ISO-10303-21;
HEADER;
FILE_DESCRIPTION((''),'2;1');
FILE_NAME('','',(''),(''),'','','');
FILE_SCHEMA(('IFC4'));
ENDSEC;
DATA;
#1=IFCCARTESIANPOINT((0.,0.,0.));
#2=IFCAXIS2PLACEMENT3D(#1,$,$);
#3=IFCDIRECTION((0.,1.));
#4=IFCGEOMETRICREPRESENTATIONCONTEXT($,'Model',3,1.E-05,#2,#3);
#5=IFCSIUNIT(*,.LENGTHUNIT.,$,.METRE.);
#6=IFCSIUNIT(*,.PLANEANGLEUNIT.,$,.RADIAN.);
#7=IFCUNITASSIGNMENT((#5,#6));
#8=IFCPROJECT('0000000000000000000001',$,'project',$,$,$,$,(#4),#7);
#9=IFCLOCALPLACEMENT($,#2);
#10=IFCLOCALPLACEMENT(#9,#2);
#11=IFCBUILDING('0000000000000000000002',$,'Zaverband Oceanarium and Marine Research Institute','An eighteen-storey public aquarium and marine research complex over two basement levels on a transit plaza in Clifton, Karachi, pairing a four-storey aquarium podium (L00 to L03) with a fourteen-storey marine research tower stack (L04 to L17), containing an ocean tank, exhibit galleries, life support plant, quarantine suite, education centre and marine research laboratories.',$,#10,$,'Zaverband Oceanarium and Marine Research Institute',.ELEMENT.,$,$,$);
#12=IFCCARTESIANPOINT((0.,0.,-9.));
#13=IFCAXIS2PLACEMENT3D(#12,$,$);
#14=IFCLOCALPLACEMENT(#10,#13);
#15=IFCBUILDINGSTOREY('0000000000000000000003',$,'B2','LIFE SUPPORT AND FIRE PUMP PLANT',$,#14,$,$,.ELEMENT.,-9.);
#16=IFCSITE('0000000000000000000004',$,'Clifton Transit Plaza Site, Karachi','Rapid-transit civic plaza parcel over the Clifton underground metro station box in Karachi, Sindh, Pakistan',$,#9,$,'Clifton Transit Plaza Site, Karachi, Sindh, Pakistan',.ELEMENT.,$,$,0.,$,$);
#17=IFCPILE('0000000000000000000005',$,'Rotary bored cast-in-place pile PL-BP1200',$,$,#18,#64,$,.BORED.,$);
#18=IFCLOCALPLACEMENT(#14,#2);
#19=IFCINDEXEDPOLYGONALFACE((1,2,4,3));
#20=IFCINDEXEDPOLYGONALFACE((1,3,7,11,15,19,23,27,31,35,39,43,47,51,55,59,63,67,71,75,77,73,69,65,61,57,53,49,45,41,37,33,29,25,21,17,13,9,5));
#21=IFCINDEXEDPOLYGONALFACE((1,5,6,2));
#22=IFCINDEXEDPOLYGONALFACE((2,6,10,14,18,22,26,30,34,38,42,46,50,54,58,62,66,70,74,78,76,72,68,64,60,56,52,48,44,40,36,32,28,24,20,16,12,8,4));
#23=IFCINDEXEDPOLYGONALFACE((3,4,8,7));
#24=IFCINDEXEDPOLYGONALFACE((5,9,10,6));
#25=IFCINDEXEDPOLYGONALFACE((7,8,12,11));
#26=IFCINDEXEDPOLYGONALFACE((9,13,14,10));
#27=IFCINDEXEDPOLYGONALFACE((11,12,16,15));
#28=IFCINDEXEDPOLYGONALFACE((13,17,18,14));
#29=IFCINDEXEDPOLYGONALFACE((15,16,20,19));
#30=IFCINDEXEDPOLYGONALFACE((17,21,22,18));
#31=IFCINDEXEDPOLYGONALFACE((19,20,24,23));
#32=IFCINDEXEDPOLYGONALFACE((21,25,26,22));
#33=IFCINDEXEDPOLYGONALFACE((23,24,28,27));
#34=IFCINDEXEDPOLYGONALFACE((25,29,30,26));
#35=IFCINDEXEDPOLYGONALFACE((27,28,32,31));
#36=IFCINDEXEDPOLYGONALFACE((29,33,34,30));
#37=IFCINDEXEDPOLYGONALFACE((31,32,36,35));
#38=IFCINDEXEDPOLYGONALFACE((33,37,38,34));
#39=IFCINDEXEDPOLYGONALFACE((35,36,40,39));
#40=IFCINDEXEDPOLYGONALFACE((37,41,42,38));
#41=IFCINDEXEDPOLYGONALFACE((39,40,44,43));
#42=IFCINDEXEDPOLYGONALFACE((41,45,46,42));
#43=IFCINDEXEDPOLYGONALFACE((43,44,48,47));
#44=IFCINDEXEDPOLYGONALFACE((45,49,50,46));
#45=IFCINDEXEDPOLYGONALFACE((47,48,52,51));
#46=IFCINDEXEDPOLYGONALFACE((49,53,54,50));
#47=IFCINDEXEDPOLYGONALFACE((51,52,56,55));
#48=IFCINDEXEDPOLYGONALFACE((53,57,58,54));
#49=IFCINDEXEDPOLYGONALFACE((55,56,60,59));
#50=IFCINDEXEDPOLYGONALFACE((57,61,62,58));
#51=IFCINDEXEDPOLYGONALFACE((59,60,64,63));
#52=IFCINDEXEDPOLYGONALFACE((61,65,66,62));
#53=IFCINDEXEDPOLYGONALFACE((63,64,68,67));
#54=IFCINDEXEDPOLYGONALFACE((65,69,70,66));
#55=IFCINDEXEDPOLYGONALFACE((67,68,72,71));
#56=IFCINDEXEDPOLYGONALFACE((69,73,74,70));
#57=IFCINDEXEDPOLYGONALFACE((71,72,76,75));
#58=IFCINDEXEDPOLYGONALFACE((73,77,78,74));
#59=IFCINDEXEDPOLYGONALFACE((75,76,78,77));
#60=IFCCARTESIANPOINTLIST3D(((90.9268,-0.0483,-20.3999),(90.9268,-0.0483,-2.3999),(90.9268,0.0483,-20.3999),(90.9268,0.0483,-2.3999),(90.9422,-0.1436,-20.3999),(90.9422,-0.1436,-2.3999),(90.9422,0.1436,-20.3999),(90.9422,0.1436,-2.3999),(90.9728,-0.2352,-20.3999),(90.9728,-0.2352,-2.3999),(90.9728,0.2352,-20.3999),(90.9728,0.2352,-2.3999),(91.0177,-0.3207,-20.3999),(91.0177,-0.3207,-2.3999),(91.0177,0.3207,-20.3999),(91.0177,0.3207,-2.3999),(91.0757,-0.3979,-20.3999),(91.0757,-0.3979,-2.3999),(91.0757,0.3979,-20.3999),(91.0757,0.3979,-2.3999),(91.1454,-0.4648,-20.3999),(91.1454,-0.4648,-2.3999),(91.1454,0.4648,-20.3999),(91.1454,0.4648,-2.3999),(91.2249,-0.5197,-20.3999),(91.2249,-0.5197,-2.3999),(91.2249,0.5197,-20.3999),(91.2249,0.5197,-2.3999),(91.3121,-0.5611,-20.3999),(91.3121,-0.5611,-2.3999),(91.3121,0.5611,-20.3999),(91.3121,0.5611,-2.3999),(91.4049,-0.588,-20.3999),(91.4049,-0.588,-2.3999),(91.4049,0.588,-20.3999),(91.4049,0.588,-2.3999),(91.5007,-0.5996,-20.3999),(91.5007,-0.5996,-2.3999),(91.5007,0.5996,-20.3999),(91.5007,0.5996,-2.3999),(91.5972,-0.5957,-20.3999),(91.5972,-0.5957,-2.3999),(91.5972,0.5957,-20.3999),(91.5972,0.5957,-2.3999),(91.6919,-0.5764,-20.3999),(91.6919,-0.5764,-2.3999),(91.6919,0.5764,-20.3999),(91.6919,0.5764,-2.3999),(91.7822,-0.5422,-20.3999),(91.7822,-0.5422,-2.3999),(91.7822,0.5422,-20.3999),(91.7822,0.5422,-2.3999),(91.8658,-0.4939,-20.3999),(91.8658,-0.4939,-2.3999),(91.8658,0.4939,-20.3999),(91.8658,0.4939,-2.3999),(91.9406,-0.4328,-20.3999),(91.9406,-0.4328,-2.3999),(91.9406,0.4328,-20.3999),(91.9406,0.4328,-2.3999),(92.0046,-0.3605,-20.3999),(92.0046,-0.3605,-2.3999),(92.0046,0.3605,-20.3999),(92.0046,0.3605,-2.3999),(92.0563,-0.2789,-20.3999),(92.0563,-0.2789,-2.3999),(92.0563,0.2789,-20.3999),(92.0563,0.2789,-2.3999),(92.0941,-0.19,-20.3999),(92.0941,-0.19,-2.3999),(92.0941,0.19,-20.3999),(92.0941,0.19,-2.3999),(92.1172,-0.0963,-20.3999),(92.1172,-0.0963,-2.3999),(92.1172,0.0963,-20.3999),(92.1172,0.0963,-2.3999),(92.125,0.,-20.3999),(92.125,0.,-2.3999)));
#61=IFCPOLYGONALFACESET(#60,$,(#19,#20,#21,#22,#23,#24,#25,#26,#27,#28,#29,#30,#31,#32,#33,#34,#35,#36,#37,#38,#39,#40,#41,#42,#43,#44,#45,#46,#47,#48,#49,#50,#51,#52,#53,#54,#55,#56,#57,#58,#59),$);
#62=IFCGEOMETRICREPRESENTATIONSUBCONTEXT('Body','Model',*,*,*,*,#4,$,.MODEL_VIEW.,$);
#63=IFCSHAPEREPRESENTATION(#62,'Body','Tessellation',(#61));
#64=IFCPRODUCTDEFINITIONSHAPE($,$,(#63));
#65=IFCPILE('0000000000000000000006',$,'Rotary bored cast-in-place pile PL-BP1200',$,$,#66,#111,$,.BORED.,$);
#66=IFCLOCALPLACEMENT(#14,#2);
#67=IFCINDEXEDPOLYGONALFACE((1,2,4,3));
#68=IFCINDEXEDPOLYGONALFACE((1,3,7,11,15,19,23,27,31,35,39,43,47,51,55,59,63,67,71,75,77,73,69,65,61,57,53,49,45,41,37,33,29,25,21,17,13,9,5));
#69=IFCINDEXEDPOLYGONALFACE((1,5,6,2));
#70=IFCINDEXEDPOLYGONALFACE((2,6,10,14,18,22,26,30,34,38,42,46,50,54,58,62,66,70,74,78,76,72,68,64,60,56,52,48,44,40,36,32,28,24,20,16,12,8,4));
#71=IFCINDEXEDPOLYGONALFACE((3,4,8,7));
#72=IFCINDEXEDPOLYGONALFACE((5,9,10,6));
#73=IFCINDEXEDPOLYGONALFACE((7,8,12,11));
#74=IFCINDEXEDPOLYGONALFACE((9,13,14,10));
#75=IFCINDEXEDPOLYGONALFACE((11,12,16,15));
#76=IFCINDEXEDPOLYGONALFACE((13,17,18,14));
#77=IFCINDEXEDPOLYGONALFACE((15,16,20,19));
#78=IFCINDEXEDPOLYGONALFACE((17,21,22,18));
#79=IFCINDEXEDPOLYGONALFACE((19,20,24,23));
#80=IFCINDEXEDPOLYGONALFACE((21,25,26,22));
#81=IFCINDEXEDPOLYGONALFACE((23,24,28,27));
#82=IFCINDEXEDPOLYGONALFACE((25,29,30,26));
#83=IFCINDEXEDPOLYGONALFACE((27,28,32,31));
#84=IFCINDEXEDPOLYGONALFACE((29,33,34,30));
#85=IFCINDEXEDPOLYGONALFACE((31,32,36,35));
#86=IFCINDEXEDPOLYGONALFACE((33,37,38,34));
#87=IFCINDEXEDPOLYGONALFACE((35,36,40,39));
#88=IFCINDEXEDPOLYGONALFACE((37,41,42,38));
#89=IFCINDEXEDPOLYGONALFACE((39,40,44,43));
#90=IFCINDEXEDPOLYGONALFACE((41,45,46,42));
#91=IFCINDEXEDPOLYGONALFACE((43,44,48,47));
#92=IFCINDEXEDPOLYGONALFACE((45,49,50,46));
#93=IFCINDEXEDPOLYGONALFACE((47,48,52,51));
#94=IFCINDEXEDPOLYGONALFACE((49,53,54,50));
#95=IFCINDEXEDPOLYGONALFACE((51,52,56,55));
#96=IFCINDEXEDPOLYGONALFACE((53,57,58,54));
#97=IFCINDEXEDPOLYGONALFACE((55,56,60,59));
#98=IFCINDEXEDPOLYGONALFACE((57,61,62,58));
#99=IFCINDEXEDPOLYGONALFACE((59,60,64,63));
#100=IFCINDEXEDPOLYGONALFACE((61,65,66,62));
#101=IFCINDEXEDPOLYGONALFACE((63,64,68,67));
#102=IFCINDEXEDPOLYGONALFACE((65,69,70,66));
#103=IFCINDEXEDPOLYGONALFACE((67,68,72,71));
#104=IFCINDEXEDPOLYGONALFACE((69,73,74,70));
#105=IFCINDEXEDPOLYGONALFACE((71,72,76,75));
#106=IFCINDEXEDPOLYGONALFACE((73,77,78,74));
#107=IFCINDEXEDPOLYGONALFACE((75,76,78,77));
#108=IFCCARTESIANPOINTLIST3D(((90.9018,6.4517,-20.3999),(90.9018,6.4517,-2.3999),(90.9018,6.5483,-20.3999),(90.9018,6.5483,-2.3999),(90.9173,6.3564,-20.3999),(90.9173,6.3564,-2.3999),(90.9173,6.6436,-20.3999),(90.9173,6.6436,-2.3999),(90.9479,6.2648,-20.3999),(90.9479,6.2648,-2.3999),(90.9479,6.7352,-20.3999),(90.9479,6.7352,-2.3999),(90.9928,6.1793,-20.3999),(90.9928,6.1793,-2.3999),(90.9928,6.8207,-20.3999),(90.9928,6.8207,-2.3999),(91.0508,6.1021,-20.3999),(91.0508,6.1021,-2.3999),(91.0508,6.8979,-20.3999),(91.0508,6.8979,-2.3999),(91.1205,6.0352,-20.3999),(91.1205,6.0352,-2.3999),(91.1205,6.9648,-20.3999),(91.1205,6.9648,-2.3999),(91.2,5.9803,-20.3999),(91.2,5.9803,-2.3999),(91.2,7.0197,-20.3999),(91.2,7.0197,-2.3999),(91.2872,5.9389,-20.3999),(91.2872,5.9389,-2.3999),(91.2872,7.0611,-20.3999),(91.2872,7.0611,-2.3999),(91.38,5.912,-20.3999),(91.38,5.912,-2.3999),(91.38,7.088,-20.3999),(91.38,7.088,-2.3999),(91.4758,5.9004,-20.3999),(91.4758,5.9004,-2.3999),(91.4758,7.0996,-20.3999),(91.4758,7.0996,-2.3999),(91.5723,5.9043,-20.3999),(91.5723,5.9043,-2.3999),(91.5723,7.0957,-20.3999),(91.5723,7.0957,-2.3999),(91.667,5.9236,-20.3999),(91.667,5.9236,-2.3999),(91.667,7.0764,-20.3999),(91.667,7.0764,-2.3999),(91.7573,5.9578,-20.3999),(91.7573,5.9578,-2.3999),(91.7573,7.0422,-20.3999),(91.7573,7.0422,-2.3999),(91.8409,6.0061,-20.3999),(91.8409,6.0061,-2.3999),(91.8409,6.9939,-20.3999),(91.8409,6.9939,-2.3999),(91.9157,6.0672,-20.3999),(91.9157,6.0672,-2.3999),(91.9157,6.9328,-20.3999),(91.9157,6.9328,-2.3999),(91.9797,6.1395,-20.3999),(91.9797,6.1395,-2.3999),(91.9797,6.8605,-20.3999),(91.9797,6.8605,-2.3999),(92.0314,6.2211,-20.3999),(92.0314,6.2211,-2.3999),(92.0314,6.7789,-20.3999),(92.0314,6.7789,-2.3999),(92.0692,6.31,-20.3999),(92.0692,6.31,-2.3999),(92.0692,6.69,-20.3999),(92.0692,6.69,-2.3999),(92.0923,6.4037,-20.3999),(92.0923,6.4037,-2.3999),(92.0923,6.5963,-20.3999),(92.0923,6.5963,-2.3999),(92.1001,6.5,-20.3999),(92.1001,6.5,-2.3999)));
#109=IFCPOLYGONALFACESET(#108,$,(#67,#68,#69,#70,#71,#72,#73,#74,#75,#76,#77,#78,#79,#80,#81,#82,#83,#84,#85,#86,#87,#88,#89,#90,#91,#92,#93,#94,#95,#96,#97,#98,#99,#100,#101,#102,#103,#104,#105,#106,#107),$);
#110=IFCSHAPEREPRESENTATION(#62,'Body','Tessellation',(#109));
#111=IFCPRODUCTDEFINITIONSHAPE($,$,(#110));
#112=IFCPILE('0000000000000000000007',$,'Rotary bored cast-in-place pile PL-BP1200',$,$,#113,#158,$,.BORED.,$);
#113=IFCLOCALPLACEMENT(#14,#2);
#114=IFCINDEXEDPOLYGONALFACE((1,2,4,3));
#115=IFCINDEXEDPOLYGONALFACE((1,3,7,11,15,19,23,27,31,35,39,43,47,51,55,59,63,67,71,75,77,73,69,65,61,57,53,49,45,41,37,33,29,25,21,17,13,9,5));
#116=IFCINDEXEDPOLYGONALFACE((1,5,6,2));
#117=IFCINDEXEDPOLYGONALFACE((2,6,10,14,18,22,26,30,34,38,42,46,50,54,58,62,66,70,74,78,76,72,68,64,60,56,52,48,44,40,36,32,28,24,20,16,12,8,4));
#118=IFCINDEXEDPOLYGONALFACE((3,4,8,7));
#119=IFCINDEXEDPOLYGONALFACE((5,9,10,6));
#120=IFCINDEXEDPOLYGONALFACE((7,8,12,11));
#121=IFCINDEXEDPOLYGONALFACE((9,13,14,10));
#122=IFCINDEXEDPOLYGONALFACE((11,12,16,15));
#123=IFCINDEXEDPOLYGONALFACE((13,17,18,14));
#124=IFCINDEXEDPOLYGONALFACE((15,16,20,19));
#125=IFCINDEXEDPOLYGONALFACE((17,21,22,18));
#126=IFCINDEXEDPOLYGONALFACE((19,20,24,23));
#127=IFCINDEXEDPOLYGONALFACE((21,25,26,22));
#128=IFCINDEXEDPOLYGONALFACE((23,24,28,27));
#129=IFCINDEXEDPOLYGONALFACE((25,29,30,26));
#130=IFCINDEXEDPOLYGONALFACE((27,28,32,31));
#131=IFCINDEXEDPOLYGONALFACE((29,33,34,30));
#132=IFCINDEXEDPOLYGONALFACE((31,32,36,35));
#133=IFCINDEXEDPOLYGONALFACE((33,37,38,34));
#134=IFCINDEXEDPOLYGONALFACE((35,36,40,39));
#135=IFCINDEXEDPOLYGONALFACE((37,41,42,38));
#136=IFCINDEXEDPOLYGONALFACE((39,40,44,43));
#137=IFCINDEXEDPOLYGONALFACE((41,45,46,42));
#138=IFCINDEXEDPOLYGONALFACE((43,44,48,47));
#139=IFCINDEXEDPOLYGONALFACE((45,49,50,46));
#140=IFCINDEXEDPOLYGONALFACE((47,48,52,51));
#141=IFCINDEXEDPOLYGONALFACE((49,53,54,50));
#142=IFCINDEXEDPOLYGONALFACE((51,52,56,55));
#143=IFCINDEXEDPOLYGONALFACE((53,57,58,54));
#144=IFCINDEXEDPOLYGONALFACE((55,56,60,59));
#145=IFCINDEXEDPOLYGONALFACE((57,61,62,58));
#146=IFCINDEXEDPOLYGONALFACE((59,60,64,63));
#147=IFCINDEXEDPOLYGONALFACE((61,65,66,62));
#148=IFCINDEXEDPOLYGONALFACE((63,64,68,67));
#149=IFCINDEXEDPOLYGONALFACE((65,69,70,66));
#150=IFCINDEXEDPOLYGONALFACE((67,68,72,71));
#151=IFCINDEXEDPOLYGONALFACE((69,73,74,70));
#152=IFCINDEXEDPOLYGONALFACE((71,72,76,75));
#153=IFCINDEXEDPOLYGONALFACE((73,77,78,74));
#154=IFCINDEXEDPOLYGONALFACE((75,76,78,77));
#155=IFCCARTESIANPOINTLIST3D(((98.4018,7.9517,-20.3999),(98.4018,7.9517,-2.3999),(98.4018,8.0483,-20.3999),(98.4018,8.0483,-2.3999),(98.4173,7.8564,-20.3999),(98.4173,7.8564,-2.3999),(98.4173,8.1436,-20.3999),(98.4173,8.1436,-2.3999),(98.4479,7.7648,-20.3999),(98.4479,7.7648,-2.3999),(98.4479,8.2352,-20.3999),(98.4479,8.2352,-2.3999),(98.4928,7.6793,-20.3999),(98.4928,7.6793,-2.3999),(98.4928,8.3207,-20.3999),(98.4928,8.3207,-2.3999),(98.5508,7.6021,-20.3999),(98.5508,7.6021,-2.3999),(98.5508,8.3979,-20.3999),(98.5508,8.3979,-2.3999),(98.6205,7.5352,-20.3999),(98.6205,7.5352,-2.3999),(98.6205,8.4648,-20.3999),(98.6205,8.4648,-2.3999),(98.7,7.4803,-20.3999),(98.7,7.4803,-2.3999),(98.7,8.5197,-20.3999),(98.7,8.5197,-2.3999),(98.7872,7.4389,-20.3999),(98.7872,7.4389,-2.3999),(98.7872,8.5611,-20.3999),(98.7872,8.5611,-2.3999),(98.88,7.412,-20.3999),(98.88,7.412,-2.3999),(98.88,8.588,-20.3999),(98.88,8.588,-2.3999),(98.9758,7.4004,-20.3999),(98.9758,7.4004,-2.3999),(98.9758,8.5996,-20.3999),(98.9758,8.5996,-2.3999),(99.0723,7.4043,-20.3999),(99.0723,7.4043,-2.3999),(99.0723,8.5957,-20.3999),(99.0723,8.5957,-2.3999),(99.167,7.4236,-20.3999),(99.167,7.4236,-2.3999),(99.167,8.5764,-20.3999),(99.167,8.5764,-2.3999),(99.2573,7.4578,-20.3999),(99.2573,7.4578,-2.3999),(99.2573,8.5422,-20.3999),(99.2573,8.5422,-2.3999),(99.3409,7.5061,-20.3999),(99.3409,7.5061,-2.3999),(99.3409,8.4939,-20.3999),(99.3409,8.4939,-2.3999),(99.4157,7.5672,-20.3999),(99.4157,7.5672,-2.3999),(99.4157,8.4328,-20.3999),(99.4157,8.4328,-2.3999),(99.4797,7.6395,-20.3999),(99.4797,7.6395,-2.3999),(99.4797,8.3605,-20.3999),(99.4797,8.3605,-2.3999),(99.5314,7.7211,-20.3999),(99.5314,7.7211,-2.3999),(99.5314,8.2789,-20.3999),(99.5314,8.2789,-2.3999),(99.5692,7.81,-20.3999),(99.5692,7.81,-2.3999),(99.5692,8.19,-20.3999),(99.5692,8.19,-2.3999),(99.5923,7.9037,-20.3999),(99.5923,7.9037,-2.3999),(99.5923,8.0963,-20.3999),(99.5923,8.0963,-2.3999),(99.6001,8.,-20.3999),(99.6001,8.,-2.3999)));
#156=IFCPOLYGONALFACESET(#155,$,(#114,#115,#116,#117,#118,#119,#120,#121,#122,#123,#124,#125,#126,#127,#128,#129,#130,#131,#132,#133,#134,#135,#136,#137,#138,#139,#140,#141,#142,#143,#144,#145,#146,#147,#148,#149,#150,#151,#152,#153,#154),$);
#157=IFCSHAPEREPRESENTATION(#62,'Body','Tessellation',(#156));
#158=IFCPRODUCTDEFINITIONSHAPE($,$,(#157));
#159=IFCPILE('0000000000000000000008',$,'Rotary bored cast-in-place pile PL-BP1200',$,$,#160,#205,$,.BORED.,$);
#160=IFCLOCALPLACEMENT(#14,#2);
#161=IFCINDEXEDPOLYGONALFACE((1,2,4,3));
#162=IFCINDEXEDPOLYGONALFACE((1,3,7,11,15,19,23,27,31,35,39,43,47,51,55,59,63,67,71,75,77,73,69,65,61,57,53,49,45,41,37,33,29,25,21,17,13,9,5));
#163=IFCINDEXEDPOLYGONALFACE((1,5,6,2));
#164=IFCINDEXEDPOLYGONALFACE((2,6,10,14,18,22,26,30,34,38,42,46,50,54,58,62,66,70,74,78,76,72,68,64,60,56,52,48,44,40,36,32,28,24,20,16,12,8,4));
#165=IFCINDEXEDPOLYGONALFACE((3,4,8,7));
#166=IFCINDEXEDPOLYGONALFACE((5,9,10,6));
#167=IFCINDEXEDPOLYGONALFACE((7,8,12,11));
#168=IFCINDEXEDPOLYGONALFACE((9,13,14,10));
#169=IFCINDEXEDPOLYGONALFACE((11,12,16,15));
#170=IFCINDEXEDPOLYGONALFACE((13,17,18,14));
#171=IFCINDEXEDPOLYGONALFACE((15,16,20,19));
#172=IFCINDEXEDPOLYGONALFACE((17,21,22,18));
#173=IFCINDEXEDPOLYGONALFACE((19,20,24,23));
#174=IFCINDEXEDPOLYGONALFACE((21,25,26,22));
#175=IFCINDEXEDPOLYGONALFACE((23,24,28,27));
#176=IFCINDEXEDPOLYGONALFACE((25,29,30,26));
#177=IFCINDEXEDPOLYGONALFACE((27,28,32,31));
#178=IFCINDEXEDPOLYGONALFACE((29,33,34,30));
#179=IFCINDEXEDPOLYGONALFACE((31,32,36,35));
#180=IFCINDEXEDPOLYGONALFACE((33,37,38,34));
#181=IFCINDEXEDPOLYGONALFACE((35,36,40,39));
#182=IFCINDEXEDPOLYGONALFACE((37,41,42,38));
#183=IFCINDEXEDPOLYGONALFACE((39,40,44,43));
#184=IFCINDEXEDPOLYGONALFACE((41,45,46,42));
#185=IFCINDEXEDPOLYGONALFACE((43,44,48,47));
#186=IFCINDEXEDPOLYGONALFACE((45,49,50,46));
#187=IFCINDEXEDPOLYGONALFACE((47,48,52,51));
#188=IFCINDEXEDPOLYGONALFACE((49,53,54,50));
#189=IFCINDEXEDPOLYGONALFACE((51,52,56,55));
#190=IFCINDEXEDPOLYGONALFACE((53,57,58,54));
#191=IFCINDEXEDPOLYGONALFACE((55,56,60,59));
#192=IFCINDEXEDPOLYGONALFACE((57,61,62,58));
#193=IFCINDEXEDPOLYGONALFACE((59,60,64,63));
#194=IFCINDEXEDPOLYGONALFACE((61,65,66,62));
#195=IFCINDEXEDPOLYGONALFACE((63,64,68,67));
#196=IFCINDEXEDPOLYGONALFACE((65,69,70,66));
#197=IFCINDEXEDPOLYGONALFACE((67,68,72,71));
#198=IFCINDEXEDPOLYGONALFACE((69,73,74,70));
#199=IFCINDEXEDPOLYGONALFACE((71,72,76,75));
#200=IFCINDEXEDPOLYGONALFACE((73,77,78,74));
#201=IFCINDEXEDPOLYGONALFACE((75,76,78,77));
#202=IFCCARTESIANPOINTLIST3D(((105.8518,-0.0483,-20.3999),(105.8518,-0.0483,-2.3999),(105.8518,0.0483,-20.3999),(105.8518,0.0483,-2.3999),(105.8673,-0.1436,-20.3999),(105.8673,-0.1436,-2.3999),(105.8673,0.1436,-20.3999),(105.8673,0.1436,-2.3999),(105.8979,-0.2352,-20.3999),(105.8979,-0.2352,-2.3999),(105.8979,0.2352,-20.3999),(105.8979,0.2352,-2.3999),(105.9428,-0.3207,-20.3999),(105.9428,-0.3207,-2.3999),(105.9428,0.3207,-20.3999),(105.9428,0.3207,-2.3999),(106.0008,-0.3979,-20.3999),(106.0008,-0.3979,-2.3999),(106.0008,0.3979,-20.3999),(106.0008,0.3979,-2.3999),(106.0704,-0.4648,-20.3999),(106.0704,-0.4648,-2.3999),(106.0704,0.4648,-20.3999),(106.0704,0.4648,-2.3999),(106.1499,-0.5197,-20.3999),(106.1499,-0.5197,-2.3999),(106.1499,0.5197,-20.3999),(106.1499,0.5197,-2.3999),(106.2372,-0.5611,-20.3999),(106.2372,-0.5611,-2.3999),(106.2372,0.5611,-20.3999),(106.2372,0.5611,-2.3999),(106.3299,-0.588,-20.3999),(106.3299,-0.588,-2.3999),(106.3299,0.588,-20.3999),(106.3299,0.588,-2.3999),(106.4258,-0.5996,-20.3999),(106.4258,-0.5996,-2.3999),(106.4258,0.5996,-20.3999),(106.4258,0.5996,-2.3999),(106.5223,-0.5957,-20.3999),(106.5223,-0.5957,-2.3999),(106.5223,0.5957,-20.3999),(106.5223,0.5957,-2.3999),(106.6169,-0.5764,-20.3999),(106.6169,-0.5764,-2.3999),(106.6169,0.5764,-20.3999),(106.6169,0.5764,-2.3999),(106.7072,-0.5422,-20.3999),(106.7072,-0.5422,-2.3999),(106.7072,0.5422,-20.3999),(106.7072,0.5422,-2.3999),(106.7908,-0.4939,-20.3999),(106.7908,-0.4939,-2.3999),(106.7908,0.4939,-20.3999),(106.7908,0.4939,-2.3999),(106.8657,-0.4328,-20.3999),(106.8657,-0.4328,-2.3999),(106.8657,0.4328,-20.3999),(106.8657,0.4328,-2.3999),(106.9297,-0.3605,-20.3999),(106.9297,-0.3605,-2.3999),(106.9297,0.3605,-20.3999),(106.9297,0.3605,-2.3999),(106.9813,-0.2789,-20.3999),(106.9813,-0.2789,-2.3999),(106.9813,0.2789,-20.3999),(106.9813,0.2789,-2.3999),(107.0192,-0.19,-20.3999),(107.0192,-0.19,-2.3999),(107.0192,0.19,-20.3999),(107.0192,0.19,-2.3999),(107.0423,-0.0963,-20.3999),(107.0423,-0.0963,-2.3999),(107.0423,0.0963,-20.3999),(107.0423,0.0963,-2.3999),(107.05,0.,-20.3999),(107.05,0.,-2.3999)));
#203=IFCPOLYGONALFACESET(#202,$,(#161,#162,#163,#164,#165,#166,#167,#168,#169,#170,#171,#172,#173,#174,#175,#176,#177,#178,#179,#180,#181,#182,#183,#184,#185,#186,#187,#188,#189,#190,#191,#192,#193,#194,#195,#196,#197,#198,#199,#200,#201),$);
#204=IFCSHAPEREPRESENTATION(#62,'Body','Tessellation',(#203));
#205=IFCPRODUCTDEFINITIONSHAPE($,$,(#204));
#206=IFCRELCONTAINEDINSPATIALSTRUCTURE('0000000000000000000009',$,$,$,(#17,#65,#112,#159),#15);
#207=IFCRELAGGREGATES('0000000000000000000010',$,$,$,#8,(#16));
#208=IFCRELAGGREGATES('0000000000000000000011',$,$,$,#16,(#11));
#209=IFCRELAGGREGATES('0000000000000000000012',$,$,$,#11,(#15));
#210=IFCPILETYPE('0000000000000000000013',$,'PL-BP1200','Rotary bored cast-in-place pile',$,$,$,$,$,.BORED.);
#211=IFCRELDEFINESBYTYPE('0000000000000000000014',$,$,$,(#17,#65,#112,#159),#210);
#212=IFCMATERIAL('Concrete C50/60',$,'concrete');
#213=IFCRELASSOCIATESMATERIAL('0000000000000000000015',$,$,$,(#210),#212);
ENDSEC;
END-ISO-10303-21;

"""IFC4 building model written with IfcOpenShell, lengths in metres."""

from ifc_helpers import new_model, si_unit, direction, frame, origin, origin_2d, place, context, subcontext, project, spatial, circle, extrude, material, material_profile, profile_set, type_object, element, save


model = new_model("IFC4")

# Units and contexts
model_context = context("Model", 3, precision=1e-05, world=origin(), true_north=direction((0.0, 1.0)))
body_context = subcontext(model_context, "Body", "Model", "MODEL_VIEW")
ifc_project = project(units=[si_unit("LENGTHUNIT", "METRE"), si_unit("PLANEANGLEUNIT", "RADIAN")], contexts=[model_context])

# Site, building, storey
site_placement = place(None, origin())
site = spatial("IfcSite", under=ifc_project, at=site_placement, Name="Clifton Transit Plaza Site, Karachi", Description="Rapid-transit civic plaza parcel over the Clifton underground metro station box in Karachi, Sindh, Pakistan", LongName="Clifton Transit Plaza Site, Karachi, Sindh, Pakistan", CompositionType="ELEMENT", RefElevation=0.0)
building_placement = place(site_placement, origin())
building = spatial("IfcBuilding", under=site, at=building_placement, Name="Zaverband Oceanarium and Marine Research Institute", Description="An eighteen-storey public aquarium and marine research complex over two basement levels on a transit plaza in Clifton, Karachi, pairing a four-storey aquarium podium (L00 to L03) with a fourteen-storey marine research tower stack (L04 to L17), containing an ocean tank, exhibit galleries, life support plant, quarantine suite, education centre and marine research laboratories.", LongName="Zaverband Oceanarium and Marine Research Institute", CompositionType="ELEMENT")
storey_placement = place(building_placement, frame((0.0, 0.0, -9.0)))
storey = spatial("IfcBuildingStorey", under=building, at=storey_placement, Name="B2", Description="LIFE SUPPORT AND FIRE PUMP PLANT", CompositionType="ELEMENT", Elevation=-9.0)

# Shared definitions
ifc_material_1 = material(Name="Concrete C50/60", Category="concrete")

# Piles
ifc_material_profile_1 = material_profile(ifc_material_1, circle(Radius=0.6001, at=origin_2d()), Name="BP1200")
ifc_profile_set_1 = profile_set([ifc_material_profile_1], Name="Concrete C50/60")
pile_type_1 = type_object("IfcPileType", Name="PL-BP1200", Description="Rotary bored cast-in-place pile", PredefinedType="BORED", material=ifc_profile_set_1)
for number, where, z_axis, x_axis, name in (
    (1, (91.5249, 0.0, -2.3999), (0.0, 0.0, -1.0), (1.0, 0.0, 0.0), "Rotary bored cast-in-place pile PL-BP1200"),
    (2, (91.5, 6.5, -2.3999), (0.0, 0.0, -1.0), (1.0, 0.0, 0.0), "Rotary bored cast-in-place pile PL-BP1200"),
    (3, (99.0, 8.0, -2.3999), (0.0, 0.0, -1.0), (1.0, 0.0, 0.0), "Rotary bored cast-in-place pile PL-BP1200"),
    (4, (106.45, 0.0, -2.3999), (0.0, 0.0, -1.0), (1.0, 0.0, 0.0), "Rotary bored cast-in-place pile PL-BP1200"),
):
    element("IfcPile", number, at=place(storey_placement, frame(where, z_axis=z_axis, x_axis=x_axis)), inside=storey, type_object=pile_type_1, Name=name, PredefinedType="BORED", context=body_context, shape_type="SweptSolid", body=[
        extrude(circle(Radius=0.6001, at=origin_2d()), origin(), (0.0, 0.0, 1.0), 18.0),
    ])

save(model, "model.ifc")
